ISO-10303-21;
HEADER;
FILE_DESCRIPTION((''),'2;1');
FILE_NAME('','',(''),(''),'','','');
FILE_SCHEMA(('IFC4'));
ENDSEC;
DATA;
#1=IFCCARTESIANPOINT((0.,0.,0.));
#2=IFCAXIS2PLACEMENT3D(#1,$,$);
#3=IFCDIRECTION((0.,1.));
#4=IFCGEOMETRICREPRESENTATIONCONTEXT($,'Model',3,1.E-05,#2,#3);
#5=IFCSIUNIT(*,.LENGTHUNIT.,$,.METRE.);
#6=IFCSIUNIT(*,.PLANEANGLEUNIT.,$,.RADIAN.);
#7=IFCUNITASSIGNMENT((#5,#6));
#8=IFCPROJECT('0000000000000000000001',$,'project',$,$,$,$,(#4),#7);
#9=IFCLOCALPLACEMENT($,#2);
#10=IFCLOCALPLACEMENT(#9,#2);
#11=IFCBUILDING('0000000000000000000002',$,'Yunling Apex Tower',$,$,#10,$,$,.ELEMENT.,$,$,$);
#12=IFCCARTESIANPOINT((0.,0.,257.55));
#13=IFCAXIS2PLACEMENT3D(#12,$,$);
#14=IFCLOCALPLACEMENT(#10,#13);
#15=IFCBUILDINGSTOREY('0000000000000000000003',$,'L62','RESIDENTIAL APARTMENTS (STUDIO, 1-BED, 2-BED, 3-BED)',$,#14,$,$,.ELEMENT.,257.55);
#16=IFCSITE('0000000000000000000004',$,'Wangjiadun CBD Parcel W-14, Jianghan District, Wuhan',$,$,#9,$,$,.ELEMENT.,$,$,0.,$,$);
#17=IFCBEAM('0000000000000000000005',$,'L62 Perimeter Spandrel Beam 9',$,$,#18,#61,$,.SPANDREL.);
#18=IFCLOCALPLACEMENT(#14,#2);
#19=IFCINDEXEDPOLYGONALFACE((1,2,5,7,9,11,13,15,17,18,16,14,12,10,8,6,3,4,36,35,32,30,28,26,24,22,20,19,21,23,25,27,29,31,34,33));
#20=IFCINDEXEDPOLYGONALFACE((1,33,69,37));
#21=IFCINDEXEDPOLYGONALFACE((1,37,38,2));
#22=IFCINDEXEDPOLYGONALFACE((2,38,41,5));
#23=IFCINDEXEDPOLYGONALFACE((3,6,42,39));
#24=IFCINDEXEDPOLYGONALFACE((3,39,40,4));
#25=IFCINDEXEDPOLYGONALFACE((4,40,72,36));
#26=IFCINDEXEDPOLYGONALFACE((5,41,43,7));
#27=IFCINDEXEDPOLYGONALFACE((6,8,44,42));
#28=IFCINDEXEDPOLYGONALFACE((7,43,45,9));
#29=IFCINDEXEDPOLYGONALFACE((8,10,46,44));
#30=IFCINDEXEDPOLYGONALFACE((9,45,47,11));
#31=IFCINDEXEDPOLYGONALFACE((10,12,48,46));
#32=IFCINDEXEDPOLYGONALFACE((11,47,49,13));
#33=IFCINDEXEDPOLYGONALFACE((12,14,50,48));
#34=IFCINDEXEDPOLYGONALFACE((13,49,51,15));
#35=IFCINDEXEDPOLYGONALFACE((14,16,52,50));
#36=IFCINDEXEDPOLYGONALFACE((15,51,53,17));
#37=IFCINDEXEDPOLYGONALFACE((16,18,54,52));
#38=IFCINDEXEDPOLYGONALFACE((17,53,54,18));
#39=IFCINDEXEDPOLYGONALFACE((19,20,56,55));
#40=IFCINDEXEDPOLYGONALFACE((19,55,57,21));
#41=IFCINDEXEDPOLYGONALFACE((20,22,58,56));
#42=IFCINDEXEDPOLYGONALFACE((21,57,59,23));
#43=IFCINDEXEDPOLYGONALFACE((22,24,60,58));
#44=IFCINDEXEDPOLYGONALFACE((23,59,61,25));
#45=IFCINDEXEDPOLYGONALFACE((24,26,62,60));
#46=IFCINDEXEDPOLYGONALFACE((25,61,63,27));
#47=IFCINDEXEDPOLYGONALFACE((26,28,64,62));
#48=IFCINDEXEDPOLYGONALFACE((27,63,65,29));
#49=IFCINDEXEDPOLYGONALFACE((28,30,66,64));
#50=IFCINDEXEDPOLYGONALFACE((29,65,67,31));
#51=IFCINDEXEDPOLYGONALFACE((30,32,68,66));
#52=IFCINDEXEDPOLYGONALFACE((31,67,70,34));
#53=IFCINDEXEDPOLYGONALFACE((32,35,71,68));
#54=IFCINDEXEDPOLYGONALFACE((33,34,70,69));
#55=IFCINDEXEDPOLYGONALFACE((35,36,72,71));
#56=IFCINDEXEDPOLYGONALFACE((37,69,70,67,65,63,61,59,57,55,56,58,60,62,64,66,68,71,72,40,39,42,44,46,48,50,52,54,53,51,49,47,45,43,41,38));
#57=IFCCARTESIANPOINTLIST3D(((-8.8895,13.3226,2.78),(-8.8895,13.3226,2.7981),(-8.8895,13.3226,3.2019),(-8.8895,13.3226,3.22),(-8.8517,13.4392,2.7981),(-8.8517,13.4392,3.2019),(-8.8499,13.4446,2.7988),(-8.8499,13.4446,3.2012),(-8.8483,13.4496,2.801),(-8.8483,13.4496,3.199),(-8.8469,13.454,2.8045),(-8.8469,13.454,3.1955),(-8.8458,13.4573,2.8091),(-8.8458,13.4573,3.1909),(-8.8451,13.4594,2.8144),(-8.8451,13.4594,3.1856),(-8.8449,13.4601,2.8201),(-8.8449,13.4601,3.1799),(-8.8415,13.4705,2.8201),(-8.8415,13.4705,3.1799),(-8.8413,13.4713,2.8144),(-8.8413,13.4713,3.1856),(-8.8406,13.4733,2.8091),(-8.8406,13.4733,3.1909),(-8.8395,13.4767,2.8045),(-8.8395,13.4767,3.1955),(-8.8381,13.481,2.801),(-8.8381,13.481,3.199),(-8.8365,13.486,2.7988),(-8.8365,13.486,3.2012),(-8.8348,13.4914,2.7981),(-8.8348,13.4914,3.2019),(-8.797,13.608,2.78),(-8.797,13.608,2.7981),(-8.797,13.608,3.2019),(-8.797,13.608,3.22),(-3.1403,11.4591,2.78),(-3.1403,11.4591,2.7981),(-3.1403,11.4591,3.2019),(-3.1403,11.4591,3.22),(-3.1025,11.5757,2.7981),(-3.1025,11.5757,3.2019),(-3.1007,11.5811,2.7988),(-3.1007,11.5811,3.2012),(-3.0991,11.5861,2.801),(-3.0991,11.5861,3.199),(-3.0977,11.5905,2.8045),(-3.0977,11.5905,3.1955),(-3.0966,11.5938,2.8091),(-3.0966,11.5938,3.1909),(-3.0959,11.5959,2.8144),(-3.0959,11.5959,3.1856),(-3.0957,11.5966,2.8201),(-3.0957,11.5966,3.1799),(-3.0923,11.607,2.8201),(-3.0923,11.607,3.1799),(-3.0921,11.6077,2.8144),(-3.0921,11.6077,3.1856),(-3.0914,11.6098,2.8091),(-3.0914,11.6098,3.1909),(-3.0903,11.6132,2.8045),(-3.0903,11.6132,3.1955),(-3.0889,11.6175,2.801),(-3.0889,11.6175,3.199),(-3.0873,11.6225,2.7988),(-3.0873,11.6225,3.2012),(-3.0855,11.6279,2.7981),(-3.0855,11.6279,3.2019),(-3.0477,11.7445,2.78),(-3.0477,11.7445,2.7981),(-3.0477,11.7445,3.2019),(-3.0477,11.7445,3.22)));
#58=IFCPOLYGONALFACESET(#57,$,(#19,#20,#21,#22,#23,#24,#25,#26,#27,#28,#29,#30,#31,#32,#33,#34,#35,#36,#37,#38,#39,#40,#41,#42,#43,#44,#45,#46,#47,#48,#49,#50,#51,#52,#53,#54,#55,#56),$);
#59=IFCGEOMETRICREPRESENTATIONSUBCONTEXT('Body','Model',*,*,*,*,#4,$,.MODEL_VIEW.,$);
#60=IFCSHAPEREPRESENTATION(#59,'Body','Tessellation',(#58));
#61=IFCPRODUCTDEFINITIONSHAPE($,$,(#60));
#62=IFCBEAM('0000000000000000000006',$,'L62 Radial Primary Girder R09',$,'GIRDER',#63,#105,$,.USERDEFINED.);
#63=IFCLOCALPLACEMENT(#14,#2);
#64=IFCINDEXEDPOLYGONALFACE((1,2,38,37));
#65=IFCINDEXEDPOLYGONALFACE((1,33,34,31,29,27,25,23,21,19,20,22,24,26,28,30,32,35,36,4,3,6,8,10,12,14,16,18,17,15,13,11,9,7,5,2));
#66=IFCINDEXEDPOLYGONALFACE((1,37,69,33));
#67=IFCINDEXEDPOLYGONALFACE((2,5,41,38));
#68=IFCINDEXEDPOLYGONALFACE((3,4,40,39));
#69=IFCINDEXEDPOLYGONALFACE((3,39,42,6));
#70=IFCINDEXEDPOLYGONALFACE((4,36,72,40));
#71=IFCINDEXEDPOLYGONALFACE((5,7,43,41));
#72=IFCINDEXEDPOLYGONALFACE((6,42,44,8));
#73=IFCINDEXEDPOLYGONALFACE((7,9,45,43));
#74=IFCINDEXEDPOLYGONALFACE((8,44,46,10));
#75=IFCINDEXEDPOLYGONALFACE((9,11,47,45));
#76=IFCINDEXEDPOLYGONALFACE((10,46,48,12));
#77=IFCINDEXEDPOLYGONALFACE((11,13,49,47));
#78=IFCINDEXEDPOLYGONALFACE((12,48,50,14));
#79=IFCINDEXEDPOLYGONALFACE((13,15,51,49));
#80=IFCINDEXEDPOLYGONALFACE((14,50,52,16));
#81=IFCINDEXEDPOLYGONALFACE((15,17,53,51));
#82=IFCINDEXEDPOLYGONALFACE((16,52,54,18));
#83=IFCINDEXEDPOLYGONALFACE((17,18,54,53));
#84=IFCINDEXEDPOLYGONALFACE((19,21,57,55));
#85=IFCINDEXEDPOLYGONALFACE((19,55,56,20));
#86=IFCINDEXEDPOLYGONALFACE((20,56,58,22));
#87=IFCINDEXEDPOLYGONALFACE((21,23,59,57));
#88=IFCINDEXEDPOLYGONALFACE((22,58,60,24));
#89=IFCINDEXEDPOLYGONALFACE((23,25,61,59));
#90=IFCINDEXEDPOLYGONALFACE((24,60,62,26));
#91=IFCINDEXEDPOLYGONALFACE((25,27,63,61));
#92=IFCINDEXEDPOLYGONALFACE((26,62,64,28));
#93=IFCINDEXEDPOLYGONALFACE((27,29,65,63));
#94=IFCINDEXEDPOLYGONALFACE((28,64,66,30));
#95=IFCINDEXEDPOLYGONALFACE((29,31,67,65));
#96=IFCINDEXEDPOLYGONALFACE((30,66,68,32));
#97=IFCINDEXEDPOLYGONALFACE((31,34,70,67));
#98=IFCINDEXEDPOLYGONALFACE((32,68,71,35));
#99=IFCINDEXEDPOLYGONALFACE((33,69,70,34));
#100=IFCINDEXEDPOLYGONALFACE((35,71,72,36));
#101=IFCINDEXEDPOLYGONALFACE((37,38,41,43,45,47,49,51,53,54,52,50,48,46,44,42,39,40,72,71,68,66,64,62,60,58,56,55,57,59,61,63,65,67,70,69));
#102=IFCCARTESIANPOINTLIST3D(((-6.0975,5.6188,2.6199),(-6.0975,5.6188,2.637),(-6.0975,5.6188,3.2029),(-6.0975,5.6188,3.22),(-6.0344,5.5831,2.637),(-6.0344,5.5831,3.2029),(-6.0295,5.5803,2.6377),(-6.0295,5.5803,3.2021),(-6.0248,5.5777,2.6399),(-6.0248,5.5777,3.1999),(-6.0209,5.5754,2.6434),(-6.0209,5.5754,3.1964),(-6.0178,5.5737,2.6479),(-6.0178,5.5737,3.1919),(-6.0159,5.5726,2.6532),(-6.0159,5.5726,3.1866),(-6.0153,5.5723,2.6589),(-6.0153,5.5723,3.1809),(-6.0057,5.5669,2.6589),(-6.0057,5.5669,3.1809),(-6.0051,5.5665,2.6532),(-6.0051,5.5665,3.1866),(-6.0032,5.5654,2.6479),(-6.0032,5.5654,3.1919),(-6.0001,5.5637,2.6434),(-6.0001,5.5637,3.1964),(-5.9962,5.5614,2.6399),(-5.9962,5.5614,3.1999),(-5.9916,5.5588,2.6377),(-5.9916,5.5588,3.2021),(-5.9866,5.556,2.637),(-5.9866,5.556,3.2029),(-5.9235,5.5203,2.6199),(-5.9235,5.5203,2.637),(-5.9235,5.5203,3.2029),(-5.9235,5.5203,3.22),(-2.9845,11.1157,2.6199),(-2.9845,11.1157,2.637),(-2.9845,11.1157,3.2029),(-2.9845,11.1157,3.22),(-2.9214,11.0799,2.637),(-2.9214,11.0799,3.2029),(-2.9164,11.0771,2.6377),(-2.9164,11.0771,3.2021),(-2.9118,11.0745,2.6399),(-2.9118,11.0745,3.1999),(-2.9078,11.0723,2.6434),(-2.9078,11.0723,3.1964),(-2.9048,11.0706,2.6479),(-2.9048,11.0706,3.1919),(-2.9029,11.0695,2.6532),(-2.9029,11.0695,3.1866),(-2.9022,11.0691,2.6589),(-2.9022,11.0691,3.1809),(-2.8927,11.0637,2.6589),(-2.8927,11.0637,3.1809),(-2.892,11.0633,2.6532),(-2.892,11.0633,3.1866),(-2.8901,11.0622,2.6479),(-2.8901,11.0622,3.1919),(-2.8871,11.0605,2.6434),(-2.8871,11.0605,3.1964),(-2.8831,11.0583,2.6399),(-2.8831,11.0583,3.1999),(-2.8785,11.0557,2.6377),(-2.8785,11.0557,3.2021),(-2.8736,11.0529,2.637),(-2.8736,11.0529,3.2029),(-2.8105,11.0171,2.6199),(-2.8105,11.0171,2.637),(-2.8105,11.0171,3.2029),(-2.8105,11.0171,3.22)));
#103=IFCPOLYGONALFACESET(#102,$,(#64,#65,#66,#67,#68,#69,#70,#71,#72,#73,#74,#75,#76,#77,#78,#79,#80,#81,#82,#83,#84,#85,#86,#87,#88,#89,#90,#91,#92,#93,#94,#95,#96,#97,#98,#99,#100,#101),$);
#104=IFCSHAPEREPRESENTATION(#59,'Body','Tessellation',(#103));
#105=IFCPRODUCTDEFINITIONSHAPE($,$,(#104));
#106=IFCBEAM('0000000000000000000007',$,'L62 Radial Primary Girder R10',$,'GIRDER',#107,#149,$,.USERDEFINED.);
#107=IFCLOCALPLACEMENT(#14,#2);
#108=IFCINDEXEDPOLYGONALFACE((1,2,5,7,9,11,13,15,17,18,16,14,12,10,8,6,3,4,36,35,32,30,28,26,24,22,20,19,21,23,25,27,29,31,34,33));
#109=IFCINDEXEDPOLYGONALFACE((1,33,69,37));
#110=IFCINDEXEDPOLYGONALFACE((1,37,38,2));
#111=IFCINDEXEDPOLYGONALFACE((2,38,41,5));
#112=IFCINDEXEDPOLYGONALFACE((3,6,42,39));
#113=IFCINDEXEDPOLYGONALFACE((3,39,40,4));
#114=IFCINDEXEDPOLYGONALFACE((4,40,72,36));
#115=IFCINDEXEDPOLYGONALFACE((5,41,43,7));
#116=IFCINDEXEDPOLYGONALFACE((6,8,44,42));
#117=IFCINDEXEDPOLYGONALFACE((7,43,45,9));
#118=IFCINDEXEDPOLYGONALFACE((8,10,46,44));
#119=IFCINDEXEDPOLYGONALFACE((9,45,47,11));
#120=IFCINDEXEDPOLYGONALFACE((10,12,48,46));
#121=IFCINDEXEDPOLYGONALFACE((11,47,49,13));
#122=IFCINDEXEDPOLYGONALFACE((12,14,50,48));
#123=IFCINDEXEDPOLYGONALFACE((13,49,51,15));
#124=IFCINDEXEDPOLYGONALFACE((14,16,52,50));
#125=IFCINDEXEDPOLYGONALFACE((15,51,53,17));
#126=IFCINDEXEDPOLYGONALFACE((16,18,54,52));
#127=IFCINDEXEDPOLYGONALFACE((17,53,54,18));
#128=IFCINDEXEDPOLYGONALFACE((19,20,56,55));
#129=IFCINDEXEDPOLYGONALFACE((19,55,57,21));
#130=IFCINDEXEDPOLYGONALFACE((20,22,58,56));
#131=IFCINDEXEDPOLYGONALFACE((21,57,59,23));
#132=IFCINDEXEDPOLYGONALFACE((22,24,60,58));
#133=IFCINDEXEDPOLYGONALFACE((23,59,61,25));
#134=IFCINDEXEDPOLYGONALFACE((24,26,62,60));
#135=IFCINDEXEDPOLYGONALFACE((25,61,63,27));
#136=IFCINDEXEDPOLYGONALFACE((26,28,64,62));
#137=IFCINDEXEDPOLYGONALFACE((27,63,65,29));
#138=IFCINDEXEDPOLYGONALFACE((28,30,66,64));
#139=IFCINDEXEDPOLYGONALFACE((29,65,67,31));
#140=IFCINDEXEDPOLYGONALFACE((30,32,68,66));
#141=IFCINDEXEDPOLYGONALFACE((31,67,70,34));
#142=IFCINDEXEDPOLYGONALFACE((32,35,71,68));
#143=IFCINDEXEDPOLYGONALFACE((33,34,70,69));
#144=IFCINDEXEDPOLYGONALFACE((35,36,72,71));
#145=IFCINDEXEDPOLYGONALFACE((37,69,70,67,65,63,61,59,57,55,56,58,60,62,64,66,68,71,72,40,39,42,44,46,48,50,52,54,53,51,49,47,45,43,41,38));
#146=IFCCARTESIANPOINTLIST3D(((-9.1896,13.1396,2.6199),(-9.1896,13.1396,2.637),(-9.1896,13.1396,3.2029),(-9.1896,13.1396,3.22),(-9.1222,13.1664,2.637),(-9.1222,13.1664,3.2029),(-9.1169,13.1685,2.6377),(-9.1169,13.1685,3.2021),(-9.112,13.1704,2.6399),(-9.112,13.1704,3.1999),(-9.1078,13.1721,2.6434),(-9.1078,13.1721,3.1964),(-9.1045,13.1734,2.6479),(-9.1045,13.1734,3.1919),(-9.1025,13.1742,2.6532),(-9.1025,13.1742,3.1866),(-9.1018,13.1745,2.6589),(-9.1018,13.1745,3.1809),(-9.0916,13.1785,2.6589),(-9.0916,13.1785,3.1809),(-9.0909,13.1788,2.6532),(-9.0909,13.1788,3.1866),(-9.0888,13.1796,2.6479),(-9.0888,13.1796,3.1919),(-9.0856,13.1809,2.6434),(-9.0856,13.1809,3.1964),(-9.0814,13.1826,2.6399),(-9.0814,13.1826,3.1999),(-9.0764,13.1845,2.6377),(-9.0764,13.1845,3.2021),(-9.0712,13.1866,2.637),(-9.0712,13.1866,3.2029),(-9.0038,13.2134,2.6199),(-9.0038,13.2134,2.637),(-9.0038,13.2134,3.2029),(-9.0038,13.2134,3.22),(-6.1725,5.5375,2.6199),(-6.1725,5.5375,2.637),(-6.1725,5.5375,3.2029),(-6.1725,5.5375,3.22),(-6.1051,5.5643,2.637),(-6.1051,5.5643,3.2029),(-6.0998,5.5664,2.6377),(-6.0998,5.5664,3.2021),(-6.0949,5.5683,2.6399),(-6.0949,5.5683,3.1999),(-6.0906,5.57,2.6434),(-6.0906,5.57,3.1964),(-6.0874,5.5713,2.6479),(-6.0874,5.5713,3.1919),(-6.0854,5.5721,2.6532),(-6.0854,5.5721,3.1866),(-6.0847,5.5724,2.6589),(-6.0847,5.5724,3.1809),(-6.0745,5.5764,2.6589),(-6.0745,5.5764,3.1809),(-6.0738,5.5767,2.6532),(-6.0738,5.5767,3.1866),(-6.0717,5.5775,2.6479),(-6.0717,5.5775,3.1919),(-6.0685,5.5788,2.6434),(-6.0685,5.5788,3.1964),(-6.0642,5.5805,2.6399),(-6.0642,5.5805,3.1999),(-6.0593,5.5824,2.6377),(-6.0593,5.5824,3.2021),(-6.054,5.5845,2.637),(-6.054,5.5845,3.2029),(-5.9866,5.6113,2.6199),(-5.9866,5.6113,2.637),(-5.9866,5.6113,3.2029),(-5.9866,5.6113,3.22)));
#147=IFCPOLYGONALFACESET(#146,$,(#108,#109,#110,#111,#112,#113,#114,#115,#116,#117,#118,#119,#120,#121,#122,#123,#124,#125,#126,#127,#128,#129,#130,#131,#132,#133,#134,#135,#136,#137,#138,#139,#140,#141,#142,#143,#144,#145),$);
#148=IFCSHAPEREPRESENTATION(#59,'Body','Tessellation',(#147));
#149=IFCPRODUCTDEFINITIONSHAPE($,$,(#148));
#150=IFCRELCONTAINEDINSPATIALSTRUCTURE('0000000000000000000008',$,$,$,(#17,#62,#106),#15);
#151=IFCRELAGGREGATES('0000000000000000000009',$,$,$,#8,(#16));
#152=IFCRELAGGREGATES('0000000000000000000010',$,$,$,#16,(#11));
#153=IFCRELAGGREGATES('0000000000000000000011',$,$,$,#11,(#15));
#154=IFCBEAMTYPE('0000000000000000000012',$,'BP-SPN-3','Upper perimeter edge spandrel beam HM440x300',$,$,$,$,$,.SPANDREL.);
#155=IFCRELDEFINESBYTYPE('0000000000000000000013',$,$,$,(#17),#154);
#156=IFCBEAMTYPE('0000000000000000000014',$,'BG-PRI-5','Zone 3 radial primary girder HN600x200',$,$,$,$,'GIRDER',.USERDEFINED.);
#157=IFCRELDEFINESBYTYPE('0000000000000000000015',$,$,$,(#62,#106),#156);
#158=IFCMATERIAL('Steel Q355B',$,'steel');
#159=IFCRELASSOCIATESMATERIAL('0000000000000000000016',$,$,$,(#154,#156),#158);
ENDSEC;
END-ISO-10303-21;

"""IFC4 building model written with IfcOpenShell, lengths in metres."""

from ifc_helpers import new_model, si_unit, direction, frame, origin, origin_2d, place, context, subcontext, project, spatial, i_section, extrude, source, transform, mapped, material, material_profile, profile_set, type_object, element, save


model = new_model("IFC4")

# Units and contexts
model_context = context("Model", 3, precision=1e-05, world=origin(), true_north=direction((0.0, 1.0)))
body_context = subcontext(model_context, "Body", "Model", "MODEL_VIEW")
ifc_project = project(units=[si_unit("LENGTHUNIT", "METRE"), si_unit("PLANEANGLEUNIT", "RADIAN")], contexts=[model_context])

# Site, building, storey
site_placement = place(None, origin())
site = spatial("IfcSite", under=ifc_project, at=site_placement, Name="Wangjiadun CBD Parcel W-14, Jianghan District, Wuhan", CompositionType="ELEMENT", RefElevation=0.0)
building_placement = place(site_placement, origin())
building = spatial("IfcBuilding", under=site, at=building_placement, Name="Yunling Apex Tower", CompositionType="ELEMENT")
storey_placement = place(building_placement, frame((0.0, 0.0, 257.55)))
storey = spatial("IfcBuildingStorey", under=building, at=storey_placement, Name="L62", Description="RESIDENTIAL APARTMENTS (STUDIO, 1-BED, 2-BED, 3-BED)", CompositionType="ELEMENT", Elevation=257.55)

# Beams
ifc_material_1 = material(Name="Steel Q355B", Category="steel")
ifc_material_profile_1 = material_profile(ifc_material_1, i_section(OverallWidth=0.3, OverallDepth=0.4399, WebThickness=0.011, FlangeThickness=0.0181, FilletRadius=0.022, at=origin_2d()))
ifc_profile_set_1 = profile_set([ifc_material_profile_1], Name="Steel Q355B")
beam_type_1 = type_object("IfcBeamType", Name="BP-SPN-3", Description="Upper perimeter edge spandrel beam HM440x300", PredefinedType="SPANDREL", material=ifc_profile_set_1)
shared_shape_1 = source(origin(), body_context, "Body", "SweptSolid", [
    extrude(i_section(OverallWidth=0.3, OverallDepth=0.4399, WebThickness=0.011, FlangeThickness=0.0181, FilletRadius=0.022, at=origin_2d()), origin(), (0.0, 0.0, 1.0), 6.0437),
])
beam_1_placement = place(storey_placement, frame((-3.094, 11.6018, 3.0), z_axis=(-0.951276, 0.30834, 0.0), x_axis=(-0.30834, -0.951276, 0.0)))
element("IfcBeam", 1, at=beam_1_placement, inside=storey, type_object=beam_type_1, Name="L62 Perimeter Spandrel Beam 9", PredefinedType="SPANDREL", context=body_context, shape_type="MappedRepresentation", body=[
    mapped(shared_shape_1, transform((0.0, 0.0, 0.0), scale=1.0)),
])
ifc_material_profile_2 = material_profile(ifc_material_1, i_section(OverallWidth=0.2, OverallDepth=0.6001, WebThickness=0.011, FlangeThickness=0.0171, FilletRadius=0.022, at=origin_2d()))
ifc_profile_set_2 = profile_set([ifc_material_profile_2], Name="Steel Q355B")
beam_type_2 = type_object("IfcBeamType", Name="BG-PRI-5", Description="Zone 3 radial primary girder HN600x200", ElementType="GIRDER", PredefinedType="USERDEFINED", material=ifc_profile_set_2)
shared_shape_2 = source(origin(), body_context, "Body", "SweptSolid", [
    extrude(i_section(OverallWidth=0.2, OverallDepth=0.6001, WebThickness=0.011, FlangeThickness=0.0171, FilletRadius=0.022, at=origin_2d()), origin(), (0.0, 0.0, 1.0), 6.3171),
])
beam_2_placement = place(storey_placement, frame((-2.8975, 11.0664, 2.9199), z_axis=(-0.492793, -0.870146, 0.0), x_axis=(0.870146, -0.492793, 0.0)))
element("IfcBeam", 2, at=beam_2_placement, inside=storey, type_object=beam_type_2, Name="L62 Radial Primary Girder R09", ObjectType="GIRDER", PredefinedType="USERDEFINED", context=body_context, shape_type="MappedRepresentation", body=[
    mapped(shared_shape_2, transform((0.0, 0.0, 0.0), scale=1.0)),
])
shared_shape_3 = source(origin(), body_context, "Body", "SweptSolid", [
    extrude(i_section(OverallWidth=0.2, OverallDepth=0.6001, WebThickness=0.011, FlangeThickness=0.0171, FilletRadius=0.022, at=origin_2d()), origin(), (0.0, 0.0, 1.0), 8.179),
])
beam_3_placement = place(storey_placement, frame((-9.0967, 13.1765, 2.9199), z_axis=(0.368888, -0.929474, 0.0), x_axis=(0.929474, 0.368888, 0.0)))
element("IfcBeam", 3, at=beam_3_placement, inside=storey, type_object=beam_type_2, Name="L62 Radial Primary Girder R10", ObjectType="GIRDER", PredefinedType="USERDEFINED", context=body_context, shape_type="MappedRepresentation", body=[
    mapped(shared_shape_3, transform((0.0, 0.0, 0.0), scale=1.0)),
])

save(model, "model.ifc")
